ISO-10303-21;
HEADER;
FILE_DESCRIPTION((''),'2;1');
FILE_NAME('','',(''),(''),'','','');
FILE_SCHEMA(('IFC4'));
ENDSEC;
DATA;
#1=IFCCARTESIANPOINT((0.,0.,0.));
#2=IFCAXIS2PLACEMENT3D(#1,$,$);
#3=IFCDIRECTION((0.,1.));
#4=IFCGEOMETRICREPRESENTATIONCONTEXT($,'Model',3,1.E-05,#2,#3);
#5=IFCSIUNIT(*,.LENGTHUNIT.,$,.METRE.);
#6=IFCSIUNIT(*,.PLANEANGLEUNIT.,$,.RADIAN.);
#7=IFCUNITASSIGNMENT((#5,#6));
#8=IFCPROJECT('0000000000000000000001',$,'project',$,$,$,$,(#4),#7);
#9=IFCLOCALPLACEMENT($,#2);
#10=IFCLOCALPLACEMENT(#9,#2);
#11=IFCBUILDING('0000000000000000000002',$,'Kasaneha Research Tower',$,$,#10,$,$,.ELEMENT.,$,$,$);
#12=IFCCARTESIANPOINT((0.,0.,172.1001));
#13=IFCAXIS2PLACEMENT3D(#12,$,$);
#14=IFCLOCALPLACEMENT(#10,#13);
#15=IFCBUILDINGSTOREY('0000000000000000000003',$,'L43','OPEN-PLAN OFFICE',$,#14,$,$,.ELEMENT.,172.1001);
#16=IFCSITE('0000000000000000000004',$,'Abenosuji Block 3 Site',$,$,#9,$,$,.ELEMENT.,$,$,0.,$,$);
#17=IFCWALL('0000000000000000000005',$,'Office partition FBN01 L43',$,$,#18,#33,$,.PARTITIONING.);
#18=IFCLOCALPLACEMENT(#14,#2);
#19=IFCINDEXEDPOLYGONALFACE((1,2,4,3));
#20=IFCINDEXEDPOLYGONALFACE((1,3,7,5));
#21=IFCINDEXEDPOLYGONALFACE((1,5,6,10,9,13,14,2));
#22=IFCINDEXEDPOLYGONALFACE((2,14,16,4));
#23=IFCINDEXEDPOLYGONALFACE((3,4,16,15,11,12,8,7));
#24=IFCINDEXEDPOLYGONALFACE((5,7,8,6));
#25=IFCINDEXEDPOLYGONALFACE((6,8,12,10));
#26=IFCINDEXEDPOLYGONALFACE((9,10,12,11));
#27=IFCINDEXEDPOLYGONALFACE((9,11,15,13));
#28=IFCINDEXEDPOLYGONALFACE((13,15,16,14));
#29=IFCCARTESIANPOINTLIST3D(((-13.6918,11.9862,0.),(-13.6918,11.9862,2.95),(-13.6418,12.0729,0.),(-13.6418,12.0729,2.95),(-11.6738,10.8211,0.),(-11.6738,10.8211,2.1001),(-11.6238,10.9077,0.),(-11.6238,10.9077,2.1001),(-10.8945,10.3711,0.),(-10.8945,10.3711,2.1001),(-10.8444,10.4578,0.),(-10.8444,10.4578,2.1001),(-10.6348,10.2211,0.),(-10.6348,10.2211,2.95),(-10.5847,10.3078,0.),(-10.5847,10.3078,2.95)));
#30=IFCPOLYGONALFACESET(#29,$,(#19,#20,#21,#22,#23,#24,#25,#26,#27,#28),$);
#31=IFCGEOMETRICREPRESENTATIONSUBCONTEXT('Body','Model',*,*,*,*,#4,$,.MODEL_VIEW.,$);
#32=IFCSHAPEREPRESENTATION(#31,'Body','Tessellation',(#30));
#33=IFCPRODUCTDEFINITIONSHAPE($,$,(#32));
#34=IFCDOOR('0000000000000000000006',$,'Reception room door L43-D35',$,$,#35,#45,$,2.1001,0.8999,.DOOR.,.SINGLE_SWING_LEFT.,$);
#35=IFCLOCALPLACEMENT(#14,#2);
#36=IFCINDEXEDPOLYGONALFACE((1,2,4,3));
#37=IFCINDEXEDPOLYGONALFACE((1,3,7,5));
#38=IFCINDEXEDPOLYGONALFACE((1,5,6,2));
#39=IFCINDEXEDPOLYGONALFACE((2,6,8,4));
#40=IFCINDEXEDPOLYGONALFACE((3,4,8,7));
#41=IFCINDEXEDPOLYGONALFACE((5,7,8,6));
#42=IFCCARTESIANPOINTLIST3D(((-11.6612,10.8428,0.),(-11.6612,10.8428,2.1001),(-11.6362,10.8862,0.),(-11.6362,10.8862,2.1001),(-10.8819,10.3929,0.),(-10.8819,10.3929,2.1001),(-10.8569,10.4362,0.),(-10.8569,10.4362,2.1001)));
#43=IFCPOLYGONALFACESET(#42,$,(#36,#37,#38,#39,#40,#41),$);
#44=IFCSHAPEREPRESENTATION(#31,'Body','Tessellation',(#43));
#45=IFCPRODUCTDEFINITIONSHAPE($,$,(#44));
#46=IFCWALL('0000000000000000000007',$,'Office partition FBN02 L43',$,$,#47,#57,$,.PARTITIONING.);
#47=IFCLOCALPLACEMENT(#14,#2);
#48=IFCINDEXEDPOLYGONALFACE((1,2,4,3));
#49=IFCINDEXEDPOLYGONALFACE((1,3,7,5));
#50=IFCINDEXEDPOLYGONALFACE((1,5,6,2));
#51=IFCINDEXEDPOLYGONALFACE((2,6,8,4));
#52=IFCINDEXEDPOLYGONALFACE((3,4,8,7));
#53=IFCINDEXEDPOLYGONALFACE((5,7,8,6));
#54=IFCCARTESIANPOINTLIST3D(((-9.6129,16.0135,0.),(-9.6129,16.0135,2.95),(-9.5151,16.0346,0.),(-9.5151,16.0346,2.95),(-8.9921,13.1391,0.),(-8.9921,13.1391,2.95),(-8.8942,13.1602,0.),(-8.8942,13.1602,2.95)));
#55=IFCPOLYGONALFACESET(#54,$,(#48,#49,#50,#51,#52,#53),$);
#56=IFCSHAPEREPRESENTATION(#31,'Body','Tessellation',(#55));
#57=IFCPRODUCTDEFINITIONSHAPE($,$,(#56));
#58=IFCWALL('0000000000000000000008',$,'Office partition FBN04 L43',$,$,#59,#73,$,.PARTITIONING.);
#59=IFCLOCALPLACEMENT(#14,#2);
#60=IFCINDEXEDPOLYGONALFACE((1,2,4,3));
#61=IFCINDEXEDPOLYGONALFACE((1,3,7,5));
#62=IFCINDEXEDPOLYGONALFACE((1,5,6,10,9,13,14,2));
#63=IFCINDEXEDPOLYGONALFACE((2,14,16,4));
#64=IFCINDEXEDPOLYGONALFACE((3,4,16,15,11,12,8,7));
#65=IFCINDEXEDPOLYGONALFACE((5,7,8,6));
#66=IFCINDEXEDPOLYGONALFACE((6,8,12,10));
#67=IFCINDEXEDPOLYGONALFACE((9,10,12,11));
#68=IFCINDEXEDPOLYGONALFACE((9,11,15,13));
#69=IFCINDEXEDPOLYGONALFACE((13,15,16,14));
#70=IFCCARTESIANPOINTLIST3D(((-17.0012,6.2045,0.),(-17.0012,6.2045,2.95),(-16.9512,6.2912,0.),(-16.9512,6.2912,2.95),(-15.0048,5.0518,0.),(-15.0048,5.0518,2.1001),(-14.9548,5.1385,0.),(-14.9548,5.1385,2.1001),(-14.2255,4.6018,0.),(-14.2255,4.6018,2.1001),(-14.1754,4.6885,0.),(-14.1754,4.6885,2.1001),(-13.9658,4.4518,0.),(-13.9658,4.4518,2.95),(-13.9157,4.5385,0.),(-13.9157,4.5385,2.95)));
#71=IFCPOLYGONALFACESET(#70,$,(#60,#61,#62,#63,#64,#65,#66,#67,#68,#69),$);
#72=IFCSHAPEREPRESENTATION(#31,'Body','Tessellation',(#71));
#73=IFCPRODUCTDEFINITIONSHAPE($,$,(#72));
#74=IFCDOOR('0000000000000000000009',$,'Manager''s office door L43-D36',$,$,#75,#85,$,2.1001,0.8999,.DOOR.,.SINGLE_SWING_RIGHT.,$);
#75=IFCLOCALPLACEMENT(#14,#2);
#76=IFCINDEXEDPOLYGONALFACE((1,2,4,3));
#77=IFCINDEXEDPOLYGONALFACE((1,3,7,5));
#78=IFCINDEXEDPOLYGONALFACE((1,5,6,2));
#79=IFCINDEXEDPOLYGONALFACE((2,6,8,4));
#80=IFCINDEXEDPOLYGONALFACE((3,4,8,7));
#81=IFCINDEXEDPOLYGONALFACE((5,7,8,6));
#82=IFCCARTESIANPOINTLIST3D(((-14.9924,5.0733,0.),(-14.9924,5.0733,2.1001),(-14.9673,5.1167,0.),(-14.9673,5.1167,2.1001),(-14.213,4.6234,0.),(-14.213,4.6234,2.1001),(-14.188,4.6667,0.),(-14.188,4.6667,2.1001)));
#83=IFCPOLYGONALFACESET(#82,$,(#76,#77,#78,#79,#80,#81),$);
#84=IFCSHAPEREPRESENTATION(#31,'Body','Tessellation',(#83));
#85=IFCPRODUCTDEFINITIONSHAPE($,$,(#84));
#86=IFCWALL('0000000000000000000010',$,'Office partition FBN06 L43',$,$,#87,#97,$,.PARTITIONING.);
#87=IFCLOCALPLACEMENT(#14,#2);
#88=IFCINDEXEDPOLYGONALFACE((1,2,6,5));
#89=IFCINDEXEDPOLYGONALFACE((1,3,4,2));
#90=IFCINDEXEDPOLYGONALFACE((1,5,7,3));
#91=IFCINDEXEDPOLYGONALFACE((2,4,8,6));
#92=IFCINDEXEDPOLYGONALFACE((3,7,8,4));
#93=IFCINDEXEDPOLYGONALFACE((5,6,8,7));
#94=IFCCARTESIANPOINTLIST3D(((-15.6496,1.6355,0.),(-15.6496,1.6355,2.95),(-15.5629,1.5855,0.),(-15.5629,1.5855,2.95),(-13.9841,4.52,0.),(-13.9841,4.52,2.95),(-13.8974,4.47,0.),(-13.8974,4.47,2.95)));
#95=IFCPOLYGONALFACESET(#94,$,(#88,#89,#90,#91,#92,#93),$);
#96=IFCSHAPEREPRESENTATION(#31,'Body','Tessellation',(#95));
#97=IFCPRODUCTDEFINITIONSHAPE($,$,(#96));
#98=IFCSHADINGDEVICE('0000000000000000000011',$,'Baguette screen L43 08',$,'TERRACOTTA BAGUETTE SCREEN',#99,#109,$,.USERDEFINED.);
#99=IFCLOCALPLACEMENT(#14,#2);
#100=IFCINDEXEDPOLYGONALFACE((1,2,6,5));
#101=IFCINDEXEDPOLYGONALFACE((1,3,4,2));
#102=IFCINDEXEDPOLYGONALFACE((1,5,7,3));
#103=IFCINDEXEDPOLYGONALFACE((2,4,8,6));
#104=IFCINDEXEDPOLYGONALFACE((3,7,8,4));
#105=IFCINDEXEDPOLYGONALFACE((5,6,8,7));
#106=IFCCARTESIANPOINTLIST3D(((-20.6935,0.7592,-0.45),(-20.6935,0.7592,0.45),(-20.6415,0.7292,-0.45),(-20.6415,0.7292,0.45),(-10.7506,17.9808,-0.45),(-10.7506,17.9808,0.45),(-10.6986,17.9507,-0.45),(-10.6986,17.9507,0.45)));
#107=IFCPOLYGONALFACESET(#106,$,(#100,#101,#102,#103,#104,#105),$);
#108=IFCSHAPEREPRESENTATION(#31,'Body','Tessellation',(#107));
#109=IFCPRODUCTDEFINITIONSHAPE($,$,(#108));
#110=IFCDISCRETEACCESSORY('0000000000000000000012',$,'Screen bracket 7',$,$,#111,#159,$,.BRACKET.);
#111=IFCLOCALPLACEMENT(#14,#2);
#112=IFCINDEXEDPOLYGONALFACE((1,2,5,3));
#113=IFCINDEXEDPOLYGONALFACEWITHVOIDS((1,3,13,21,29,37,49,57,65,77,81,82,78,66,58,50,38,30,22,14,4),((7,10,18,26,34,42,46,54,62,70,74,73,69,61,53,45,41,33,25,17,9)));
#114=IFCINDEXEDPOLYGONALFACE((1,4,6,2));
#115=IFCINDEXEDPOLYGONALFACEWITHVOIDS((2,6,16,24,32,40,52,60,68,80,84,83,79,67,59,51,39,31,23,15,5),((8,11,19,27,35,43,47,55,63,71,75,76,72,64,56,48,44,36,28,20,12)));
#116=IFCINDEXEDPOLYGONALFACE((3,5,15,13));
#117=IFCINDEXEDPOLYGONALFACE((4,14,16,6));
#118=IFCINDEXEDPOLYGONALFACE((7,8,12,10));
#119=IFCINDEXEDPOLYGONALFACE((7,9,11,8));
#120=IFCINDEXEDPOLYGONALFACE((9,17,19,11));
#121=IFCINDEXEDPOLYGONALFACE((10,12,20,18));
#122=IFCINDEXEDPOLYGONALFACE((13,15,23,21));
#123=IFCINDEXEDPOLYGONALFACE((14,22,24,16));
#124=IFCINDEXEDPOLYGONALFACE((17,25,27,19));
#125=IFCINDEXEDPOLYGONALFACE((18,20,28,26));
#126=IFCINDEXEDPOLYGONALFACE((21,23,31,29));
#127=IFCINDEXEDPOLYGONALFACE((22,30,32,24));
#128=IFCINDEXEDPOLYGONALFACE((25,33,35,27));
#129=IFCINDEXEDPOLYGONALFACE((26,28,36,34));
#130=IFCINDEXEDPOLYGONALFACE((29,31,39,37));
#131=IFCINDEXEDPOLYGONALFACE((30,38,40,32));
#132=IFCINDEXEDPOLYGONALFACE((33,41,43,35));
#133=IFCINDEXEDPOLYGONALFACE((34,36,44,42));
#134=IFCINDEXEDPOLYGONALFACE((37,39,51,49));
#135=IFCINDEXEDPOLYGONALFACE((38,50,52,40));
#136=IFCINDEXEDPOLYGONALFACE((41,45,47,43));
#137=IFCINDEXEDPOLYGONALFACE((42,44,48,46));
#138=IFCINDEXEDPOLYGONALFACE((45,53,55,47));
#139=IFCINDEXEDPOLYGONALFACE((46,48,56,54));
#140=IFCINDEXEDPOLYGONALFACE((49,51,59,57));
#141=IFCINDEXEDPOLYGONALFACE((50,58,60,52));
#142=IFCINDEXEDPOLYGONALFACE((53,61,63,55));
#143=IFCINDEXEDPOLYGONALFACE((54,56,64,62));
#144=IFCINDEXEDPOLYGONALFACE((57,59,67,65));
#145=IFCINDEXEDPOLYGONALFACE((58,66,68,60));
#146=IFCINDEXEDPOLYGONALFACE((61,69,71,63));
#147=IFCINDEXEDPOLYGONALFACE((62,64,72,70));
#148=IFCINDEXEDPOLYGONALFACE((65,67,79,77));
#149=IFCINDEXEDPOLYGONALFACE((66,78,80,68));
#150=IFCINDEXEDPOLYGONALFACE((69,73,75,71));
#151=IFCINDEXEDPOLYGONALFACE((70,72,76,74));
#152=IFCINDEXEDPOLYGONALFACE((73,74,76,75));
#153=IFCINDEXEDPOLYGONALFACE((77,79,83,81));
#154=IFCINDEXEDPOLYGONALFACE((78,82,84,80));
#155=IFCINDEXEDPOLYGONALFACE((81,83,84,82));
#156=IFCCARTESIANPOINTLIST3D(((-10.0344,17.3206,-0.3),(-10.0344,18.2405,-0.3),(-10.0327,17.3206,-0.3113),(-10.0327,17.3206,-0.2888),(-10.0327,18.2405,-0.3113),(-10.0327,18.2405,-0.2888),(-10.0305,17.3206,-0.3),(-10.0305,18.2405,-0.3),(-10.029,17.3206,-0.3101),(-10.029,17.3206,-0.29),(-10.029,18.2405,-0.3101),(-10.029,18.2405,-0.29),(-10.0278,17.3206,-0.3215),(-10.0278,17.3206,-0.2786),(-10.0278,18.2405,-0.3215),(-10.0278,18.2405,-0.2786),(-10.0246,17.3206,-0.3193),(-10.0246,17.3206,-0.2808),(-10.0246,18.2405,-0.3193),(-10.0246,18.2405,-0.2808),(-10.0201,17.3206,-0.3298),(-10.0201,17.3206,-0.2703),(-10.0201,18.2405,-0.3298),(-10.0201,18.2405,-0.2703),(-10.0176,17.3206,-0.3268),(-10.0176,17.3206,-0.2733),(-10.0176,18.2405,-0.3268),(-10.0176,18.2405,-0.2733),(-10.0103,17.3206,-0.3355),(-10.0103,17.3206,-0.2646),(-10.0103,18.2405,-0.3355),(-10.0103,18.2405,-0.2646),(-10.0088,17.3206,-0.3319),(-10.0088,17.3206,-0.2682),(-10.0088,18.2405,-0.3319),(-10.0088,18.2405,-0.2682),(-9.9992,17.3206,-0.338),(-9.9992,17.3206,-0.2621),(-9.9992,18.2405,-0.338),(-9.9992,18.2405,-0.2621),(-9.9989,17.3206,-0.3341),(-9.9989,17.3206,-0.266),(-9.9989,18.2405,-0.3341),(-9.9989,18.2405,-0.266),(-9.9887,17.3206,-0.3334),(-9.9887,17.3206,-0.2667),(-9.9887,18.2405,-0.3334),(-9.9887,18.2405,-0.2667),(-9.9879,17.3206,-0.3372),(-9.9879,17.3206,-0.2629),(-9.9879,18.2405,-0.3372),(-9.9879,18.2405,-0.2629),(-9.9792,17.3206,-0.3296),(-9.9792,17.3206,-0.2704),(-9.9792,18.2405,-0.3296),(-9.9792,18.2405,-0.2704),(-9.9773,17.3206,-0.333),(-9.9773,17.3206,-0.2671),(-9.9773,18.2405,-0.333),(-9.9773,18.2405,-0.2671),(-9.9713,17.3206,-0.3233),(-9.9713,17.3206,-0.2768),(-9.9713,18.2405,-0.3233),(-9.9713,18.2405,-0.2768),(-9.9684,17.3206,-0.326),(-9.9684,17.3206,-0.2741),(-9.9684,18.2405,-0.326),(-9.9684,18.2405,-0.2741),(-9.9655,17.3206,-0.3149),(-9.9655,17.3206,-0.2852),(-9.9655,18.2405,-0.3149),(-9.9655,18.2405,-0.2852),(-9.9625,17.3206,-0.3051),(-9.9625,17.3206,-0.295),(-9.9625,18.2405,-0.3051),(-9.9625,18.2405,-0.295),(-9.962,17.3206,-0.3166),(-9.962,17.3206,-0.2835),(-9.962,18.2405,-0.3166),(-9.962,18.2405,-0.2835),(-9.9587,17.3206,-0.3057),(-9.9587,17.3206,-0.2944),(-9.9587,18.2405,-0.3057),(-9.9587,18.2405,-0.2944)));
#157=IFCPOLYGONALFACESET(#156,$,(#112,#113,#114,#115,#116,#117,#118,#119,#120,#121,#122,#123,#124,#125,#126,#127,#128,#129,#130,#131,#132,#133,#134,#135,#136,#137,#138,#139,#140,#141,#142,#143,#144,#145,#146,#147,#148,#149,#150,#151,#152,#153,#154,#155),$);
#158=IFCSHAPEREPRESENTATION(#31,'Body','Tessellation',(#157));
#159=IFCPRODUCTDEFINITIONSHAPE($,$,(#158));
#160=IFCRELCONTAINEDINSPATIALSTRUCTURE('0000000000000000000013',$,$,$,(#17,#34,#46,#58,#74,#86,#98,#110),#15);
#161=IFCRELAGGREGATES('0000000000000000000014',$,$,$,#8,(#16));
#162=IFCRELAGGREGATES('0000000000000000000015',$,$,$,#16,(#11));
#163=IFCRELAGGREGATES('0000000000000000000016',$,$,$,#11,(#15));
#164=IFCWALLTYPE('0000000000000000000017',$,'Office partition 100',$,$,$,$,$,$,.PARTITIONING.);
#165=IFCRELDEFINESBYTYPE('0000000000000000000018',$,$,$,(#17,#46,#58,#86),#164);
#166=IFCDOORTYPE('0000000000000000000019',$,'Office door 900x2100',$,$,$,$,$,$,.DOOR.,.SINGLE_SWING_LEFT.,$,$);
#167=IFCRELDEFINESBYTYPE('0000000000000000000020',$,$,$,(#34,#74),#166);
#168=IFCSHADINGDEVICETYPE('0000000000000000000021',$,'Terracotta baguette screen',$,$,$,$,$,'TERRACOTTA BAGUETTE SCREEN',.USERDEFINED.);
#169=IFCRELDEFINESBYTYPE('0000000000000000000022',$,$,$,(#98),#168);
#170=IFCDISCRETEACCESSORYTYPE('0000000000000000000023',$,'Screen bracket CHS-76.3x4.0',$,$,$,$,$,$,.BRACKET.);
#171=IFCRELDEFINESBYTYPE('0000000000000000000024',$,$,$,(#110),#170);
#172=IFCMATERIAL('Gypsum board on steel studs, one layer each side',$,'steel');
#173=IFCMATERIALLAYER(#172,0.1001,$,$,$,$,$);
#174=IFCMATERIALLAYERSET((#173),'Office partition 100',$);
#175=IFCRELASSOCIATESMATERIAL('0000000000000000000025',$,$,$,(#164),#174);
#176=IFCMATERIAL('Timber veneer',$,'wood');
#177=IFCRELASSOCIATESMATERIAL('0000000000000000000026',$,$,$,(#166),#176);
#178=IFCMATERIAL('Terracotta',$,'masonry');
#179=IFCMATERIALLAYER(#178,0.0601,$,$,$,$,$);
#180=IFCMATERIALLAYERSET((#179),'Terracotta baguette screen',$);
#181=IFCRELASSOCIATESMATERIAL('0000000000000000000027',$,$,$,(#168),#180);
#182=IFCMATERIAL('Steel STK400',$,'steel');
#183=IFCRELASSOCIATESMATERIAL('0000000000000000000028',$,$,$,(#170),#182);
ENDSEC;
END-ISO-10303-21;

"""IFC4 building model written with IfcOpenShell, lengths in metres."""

from ifc_helpers import new_model, si_unit, direction, frame, frame_2d, origin, origin_2d, place, context, subcontext, project, spatial, rectangle, hollow_circle, extrude, material, layer, layer_set, material_profile, profile_set, type_object, element, fill, save


model = new_model("IFC4")

# Units and contexts
model_context = context("Model", 3, precision=1e-05, world=origin(), true_north=direction((0.0, 1.0)))
body_context = subcontext(model_context, "Body", "Model", "MODEL_VIEW")
ifc_project = project(units=[si_unit("LENGTHUNIT", "METRE"), si_unit("PLANEANGLEUNIT", "RADIAN")], contexts=[model_context])

# Site, building, storey
site_placement = place(None, origin())
site = spatial("IfcSite", under=ifc_project, at=site_placement, Name="Abenosuji Block 3 Site", CompositionType="ELEMENT", RefElevation=0.0)
building_placement = place(site_placement, origin())
building = spatial("IfcBuilding", under=site, at=building_placement, Name="Kasaneha Research Tower", CompositionType="ELEMENT")
storey_placement = place(building_placement, frame((0.0, 0.0, 172.1001)))
storey = spatial("IfcBuildingStorey", under=building, at=storey_placement, Name="L43", Description="OPEN-PLAN OFFICE", CompositionType="ELEMENT", Elevation=172.1001)

# Wall, opening, door
ifc_material_1 = material(Name="Gypsum board on steel studs, one layer each side", Category="steel")
ifc_layer_1 = layer(ifc_material_1, 0.1001)
ifc_layer_set_1 = layer_set([ifc_layer_1], Name="Office partition 100")
wall_type = type_object("IfcWallType", Name="Office partition 100", PredefinedType="PARTITIONING", material=ifc_layer_set_1)
wall_1_placement = place(storey_placement, frame((-10.6096, 10.2644, 0.0), z_axis=(0.0, 0.0, 1.0), x_axis=(-0.866013, 0.500022, 0.0)))
wall_1 = element("IfcWall", 1, at=wall_1_placement, inside=storey, type_object=wall_type, Name="Office partition FBN01 L43", PredefinedType="PARTITIONING", context=body_context, shape_type="SweptSolid", body=[
    extrude(rectangle(XDim=3.53, YDim=0.1001, at=frame_2d((1.7651, 0.0))), origin(), (0.0, 0.0, 1.0), 2.95),
])
opening_1_placement = place(wall_1_placement, frame((0.3, 0.0, 0.0)))
opening_1 = element("IfcOpeningElement", 2, at=opening_1_placement, cuts=wall_1, PredefinedType="OPENING", context=body_context, shape_type="SweptSolid", body=[
    extrude(rectangle(XDim=0.8999, YDim=2.1001, at=frame_2d((0.45, 1.05))), frame((0.0, 0.0601, 0.0), z_axis=(0.0, -1.0, 0.0), x_axis=(1.0, 0.0, 0.0)), (0.0, 0.0, 1.0), 0.1201),
])
ifc_material_2 = material(Name="Timber veneer", Category="wood")
door_type = type_object("IfcDoorType", Name="Office door 900x2100", OperationType="SINGLE_SWING_LEFT", PredefinedType="DOOR", material=ifc_material_2)
door_1_placement = place(opening_1_placement, origin())
door_1 = element("IfcDoor", 3, at=door_1_placement, inside=storey, type_object=door_type, Name="Reception room door L43-D35", OperationType="SINGLE_SWING_LEFT", OverallHeight=2.1001, OverallWidth=0.8999, PredefinedType="DOOR", context=body_context, shape_type="SweptSolid", body=[
    extrude(rectangle(XDim=0.8999, YDim=2.1001, at=frame_2d((0.45, 1.05))), frame((0.0, 0.0249, 0.0), z_axis=(0.0, -1.0, 0.0), x_axis=(1.0, 0.0, 0.0)), (0.0, 0.0, 1.0), 0.05),
])
fill(opening_1, door_1)

# Wall
wall_2_placement = place(storey_placement, frame((-9.564, 16.0239, 0.0), z_axis=(0.0, 0.0, 1.0), x_axis=(0.211116, -0.977461, 0.0)))
element("IfcWall", 4, at=wall_2_placement, inside=storey, type_object=wall_type, Name="Office partition FBN02 L43", PredefinedType="PARTITIONING", context=body_context, shape_type="SweptSolid", body=[
    extrude(rectangle(XDim=2.9407, YDim=0.1001, at=frame_2d((1.4702, 0.0))), origin(), (0.0, 0.0, 1.0), 2.95),
])

# Wall, opening, door
wall_3_placement = place(storey_placement, frame((-16.9761, 6.2478, 0.0), z_axis=(0.0, 0.0, 1.0), x_axis=(0.866001, -0.500042, 0.0)))
wall_3 = element("IfcWall", 5, at=wall_3_placement, inside=storey, type_object=wall_type, Name="Office partition FBN04 L43", PredefinedType="PARTITIONING", context=body_context, shape_type="SweptSolid", body=[
    extrude(rectangle(XDim=3.5051, YDim=0.1001, at=frame_2d((1.7524, 0.0))), origin(), (0.0, 0.0, 1.0), 2.95),
])
opening_2_placement = place(wall_3_placement, frame((2.3052, 0.0, 0.0)))
opening_2 = element("IfcOpeningElement", 6, at=opening_2_placement, cuts=wall_3, PredefinedType="OPENING", context=body_context, shape_type="SweptSolid", body=[
    extrude(rectangle(XDim=0.8999, YDim=2.1001, at=frame_2d((0.45, 1.05))), frame((0.0, 0.0601, 0.0), z_axis=(0.0, -1.0, 0.0), x_axis=(1.0, 0.0, 0.0)), (0.0, 0.0, 1.0), 0.1201),
])
door_2_placement = place(opening_2_placement, origin())
door_2 = element("IfcDoor", 7, at=door_2_placement, inside=storey, type_object=door_type, Name="Manager's office door L43-D36", OperationType="SINGLE_SWING_RIGHT", OverallHeight=2.1001, OverallWidth=0.8999, PredefinedType="DOOR", context=body_context, shape_type="SweptSolid", body=[
    extrude(rectangle(XDim=0.8999, YDim=2.1001, at=frame_2d((0.45, 1.05))), frame((0.0, 0.0249, 0.0), z_axis=(0.0, -1.0, 0.0), x_axis=(1.0, 0.0, 0.0)), (0.0, 0.0, 1.0), 0.05),
])
fill(opening_2, door_2)

# Wall
wall_4_placement = place(storey_placement, frame((-13.9407, 4.4951, 0.0), z_axis=(0.0, 0.0, 1.0), x_axis=(-0.500033, -0.866006, 0.0)))
element("IfcWall", 8, at=wall_4_placement, inside=storey, type_object=wall_type, Name="Office partition FBN06 L43", PredefinedType="PARTITIONING", context=body_context, shape_type="SweptSolid", body=[
    extrude(rectangle(XDim=3.3308, YDim=0.1001, at=frame_2d((1.6655, 0.0))), origin(), (0.0, 0.0, 1.0), 2.95),
])

# Shading device
ifc_material_3 = material(Name="Terracotta", Category="masonry")
ifc_layer_2 = layer(ifc_material_3, 0.0601)
ifc_layer_set_2 = layer_set([ifc_layer_2], Name="Terracotta baguette screen")
shading_device_type = type_object("IfcShadingDeviceType", Name="Terracotta baguette screen", ElementType="TERRACOTTA BAGUETTE SCREEN", PredefinedType="USERDEFINED", material=ifc_layer_set_2)
shading_device_placement = place(storey_placement, frame((-15.696, 9.355, -0.45), z_axis=(0.0, 0.0, 1.0), x_axis=(-0.5, -0.866025, 0.0)))
element("IfcShadingDevice", 9, at=shading_device_placement, inside=storey, type_object=shading_device_type, Name="Baguette screen L43 08", ObjectType="TERRACOTTA BAGUETTE SCREEN", PredefinedType="USERDEFINED", context=body_context, shape_type="SweptSolid", body=[
    extrude(rectangle(XDim=19.8857, YDim=0.0601, at=origin_2d()), origin(), (0.0, 0.0, 1.0), 0.8999),
])

# Discrete accessory
ifc_material_4 = material(Name="Steel STK400", Category="steel")
ifc_material_profile_1 = material_profile(ifc_material_4, hollow_circle(Radius=0.0381, WallThickness=0.0039, at=origin_2d()), Name="CHS-76.3x4.0")
ifc_profile_set_1 = profile_set([ifc_material_profile_1], Name="Steel STK400")
discrete_accessory_type = type_object("IfcDiscreteAccessoryType", Name="Screen bracket CHS-76.3x4.0", PredefinedType="BRACKET", material=ifc_profile_set_1)
discrete_accessory_placement = place(storey_placement, frame((-9.9963, 17.3206, -0.3), z_axis=(0.0, 1.0, 0.0), x_axis=(-1.0, 0.0, 0.0)))
element("IfcDiscreteAccessory", 10, at=discrete_accessory_placement, inside=storey, type_object=discrete_accessory_type, Name="Screen bracket 7", PredefinedType="BRACKET", context=body_context, shape_type="SweptSolid", body=[
    extrude(hollow_circle(Radius=0.0381, WallThickness=0.0039, at=origin_2d()), origin(), (0.0, 0.0, 1.0), 0.9199),
])

save(model, "model.ifc")
